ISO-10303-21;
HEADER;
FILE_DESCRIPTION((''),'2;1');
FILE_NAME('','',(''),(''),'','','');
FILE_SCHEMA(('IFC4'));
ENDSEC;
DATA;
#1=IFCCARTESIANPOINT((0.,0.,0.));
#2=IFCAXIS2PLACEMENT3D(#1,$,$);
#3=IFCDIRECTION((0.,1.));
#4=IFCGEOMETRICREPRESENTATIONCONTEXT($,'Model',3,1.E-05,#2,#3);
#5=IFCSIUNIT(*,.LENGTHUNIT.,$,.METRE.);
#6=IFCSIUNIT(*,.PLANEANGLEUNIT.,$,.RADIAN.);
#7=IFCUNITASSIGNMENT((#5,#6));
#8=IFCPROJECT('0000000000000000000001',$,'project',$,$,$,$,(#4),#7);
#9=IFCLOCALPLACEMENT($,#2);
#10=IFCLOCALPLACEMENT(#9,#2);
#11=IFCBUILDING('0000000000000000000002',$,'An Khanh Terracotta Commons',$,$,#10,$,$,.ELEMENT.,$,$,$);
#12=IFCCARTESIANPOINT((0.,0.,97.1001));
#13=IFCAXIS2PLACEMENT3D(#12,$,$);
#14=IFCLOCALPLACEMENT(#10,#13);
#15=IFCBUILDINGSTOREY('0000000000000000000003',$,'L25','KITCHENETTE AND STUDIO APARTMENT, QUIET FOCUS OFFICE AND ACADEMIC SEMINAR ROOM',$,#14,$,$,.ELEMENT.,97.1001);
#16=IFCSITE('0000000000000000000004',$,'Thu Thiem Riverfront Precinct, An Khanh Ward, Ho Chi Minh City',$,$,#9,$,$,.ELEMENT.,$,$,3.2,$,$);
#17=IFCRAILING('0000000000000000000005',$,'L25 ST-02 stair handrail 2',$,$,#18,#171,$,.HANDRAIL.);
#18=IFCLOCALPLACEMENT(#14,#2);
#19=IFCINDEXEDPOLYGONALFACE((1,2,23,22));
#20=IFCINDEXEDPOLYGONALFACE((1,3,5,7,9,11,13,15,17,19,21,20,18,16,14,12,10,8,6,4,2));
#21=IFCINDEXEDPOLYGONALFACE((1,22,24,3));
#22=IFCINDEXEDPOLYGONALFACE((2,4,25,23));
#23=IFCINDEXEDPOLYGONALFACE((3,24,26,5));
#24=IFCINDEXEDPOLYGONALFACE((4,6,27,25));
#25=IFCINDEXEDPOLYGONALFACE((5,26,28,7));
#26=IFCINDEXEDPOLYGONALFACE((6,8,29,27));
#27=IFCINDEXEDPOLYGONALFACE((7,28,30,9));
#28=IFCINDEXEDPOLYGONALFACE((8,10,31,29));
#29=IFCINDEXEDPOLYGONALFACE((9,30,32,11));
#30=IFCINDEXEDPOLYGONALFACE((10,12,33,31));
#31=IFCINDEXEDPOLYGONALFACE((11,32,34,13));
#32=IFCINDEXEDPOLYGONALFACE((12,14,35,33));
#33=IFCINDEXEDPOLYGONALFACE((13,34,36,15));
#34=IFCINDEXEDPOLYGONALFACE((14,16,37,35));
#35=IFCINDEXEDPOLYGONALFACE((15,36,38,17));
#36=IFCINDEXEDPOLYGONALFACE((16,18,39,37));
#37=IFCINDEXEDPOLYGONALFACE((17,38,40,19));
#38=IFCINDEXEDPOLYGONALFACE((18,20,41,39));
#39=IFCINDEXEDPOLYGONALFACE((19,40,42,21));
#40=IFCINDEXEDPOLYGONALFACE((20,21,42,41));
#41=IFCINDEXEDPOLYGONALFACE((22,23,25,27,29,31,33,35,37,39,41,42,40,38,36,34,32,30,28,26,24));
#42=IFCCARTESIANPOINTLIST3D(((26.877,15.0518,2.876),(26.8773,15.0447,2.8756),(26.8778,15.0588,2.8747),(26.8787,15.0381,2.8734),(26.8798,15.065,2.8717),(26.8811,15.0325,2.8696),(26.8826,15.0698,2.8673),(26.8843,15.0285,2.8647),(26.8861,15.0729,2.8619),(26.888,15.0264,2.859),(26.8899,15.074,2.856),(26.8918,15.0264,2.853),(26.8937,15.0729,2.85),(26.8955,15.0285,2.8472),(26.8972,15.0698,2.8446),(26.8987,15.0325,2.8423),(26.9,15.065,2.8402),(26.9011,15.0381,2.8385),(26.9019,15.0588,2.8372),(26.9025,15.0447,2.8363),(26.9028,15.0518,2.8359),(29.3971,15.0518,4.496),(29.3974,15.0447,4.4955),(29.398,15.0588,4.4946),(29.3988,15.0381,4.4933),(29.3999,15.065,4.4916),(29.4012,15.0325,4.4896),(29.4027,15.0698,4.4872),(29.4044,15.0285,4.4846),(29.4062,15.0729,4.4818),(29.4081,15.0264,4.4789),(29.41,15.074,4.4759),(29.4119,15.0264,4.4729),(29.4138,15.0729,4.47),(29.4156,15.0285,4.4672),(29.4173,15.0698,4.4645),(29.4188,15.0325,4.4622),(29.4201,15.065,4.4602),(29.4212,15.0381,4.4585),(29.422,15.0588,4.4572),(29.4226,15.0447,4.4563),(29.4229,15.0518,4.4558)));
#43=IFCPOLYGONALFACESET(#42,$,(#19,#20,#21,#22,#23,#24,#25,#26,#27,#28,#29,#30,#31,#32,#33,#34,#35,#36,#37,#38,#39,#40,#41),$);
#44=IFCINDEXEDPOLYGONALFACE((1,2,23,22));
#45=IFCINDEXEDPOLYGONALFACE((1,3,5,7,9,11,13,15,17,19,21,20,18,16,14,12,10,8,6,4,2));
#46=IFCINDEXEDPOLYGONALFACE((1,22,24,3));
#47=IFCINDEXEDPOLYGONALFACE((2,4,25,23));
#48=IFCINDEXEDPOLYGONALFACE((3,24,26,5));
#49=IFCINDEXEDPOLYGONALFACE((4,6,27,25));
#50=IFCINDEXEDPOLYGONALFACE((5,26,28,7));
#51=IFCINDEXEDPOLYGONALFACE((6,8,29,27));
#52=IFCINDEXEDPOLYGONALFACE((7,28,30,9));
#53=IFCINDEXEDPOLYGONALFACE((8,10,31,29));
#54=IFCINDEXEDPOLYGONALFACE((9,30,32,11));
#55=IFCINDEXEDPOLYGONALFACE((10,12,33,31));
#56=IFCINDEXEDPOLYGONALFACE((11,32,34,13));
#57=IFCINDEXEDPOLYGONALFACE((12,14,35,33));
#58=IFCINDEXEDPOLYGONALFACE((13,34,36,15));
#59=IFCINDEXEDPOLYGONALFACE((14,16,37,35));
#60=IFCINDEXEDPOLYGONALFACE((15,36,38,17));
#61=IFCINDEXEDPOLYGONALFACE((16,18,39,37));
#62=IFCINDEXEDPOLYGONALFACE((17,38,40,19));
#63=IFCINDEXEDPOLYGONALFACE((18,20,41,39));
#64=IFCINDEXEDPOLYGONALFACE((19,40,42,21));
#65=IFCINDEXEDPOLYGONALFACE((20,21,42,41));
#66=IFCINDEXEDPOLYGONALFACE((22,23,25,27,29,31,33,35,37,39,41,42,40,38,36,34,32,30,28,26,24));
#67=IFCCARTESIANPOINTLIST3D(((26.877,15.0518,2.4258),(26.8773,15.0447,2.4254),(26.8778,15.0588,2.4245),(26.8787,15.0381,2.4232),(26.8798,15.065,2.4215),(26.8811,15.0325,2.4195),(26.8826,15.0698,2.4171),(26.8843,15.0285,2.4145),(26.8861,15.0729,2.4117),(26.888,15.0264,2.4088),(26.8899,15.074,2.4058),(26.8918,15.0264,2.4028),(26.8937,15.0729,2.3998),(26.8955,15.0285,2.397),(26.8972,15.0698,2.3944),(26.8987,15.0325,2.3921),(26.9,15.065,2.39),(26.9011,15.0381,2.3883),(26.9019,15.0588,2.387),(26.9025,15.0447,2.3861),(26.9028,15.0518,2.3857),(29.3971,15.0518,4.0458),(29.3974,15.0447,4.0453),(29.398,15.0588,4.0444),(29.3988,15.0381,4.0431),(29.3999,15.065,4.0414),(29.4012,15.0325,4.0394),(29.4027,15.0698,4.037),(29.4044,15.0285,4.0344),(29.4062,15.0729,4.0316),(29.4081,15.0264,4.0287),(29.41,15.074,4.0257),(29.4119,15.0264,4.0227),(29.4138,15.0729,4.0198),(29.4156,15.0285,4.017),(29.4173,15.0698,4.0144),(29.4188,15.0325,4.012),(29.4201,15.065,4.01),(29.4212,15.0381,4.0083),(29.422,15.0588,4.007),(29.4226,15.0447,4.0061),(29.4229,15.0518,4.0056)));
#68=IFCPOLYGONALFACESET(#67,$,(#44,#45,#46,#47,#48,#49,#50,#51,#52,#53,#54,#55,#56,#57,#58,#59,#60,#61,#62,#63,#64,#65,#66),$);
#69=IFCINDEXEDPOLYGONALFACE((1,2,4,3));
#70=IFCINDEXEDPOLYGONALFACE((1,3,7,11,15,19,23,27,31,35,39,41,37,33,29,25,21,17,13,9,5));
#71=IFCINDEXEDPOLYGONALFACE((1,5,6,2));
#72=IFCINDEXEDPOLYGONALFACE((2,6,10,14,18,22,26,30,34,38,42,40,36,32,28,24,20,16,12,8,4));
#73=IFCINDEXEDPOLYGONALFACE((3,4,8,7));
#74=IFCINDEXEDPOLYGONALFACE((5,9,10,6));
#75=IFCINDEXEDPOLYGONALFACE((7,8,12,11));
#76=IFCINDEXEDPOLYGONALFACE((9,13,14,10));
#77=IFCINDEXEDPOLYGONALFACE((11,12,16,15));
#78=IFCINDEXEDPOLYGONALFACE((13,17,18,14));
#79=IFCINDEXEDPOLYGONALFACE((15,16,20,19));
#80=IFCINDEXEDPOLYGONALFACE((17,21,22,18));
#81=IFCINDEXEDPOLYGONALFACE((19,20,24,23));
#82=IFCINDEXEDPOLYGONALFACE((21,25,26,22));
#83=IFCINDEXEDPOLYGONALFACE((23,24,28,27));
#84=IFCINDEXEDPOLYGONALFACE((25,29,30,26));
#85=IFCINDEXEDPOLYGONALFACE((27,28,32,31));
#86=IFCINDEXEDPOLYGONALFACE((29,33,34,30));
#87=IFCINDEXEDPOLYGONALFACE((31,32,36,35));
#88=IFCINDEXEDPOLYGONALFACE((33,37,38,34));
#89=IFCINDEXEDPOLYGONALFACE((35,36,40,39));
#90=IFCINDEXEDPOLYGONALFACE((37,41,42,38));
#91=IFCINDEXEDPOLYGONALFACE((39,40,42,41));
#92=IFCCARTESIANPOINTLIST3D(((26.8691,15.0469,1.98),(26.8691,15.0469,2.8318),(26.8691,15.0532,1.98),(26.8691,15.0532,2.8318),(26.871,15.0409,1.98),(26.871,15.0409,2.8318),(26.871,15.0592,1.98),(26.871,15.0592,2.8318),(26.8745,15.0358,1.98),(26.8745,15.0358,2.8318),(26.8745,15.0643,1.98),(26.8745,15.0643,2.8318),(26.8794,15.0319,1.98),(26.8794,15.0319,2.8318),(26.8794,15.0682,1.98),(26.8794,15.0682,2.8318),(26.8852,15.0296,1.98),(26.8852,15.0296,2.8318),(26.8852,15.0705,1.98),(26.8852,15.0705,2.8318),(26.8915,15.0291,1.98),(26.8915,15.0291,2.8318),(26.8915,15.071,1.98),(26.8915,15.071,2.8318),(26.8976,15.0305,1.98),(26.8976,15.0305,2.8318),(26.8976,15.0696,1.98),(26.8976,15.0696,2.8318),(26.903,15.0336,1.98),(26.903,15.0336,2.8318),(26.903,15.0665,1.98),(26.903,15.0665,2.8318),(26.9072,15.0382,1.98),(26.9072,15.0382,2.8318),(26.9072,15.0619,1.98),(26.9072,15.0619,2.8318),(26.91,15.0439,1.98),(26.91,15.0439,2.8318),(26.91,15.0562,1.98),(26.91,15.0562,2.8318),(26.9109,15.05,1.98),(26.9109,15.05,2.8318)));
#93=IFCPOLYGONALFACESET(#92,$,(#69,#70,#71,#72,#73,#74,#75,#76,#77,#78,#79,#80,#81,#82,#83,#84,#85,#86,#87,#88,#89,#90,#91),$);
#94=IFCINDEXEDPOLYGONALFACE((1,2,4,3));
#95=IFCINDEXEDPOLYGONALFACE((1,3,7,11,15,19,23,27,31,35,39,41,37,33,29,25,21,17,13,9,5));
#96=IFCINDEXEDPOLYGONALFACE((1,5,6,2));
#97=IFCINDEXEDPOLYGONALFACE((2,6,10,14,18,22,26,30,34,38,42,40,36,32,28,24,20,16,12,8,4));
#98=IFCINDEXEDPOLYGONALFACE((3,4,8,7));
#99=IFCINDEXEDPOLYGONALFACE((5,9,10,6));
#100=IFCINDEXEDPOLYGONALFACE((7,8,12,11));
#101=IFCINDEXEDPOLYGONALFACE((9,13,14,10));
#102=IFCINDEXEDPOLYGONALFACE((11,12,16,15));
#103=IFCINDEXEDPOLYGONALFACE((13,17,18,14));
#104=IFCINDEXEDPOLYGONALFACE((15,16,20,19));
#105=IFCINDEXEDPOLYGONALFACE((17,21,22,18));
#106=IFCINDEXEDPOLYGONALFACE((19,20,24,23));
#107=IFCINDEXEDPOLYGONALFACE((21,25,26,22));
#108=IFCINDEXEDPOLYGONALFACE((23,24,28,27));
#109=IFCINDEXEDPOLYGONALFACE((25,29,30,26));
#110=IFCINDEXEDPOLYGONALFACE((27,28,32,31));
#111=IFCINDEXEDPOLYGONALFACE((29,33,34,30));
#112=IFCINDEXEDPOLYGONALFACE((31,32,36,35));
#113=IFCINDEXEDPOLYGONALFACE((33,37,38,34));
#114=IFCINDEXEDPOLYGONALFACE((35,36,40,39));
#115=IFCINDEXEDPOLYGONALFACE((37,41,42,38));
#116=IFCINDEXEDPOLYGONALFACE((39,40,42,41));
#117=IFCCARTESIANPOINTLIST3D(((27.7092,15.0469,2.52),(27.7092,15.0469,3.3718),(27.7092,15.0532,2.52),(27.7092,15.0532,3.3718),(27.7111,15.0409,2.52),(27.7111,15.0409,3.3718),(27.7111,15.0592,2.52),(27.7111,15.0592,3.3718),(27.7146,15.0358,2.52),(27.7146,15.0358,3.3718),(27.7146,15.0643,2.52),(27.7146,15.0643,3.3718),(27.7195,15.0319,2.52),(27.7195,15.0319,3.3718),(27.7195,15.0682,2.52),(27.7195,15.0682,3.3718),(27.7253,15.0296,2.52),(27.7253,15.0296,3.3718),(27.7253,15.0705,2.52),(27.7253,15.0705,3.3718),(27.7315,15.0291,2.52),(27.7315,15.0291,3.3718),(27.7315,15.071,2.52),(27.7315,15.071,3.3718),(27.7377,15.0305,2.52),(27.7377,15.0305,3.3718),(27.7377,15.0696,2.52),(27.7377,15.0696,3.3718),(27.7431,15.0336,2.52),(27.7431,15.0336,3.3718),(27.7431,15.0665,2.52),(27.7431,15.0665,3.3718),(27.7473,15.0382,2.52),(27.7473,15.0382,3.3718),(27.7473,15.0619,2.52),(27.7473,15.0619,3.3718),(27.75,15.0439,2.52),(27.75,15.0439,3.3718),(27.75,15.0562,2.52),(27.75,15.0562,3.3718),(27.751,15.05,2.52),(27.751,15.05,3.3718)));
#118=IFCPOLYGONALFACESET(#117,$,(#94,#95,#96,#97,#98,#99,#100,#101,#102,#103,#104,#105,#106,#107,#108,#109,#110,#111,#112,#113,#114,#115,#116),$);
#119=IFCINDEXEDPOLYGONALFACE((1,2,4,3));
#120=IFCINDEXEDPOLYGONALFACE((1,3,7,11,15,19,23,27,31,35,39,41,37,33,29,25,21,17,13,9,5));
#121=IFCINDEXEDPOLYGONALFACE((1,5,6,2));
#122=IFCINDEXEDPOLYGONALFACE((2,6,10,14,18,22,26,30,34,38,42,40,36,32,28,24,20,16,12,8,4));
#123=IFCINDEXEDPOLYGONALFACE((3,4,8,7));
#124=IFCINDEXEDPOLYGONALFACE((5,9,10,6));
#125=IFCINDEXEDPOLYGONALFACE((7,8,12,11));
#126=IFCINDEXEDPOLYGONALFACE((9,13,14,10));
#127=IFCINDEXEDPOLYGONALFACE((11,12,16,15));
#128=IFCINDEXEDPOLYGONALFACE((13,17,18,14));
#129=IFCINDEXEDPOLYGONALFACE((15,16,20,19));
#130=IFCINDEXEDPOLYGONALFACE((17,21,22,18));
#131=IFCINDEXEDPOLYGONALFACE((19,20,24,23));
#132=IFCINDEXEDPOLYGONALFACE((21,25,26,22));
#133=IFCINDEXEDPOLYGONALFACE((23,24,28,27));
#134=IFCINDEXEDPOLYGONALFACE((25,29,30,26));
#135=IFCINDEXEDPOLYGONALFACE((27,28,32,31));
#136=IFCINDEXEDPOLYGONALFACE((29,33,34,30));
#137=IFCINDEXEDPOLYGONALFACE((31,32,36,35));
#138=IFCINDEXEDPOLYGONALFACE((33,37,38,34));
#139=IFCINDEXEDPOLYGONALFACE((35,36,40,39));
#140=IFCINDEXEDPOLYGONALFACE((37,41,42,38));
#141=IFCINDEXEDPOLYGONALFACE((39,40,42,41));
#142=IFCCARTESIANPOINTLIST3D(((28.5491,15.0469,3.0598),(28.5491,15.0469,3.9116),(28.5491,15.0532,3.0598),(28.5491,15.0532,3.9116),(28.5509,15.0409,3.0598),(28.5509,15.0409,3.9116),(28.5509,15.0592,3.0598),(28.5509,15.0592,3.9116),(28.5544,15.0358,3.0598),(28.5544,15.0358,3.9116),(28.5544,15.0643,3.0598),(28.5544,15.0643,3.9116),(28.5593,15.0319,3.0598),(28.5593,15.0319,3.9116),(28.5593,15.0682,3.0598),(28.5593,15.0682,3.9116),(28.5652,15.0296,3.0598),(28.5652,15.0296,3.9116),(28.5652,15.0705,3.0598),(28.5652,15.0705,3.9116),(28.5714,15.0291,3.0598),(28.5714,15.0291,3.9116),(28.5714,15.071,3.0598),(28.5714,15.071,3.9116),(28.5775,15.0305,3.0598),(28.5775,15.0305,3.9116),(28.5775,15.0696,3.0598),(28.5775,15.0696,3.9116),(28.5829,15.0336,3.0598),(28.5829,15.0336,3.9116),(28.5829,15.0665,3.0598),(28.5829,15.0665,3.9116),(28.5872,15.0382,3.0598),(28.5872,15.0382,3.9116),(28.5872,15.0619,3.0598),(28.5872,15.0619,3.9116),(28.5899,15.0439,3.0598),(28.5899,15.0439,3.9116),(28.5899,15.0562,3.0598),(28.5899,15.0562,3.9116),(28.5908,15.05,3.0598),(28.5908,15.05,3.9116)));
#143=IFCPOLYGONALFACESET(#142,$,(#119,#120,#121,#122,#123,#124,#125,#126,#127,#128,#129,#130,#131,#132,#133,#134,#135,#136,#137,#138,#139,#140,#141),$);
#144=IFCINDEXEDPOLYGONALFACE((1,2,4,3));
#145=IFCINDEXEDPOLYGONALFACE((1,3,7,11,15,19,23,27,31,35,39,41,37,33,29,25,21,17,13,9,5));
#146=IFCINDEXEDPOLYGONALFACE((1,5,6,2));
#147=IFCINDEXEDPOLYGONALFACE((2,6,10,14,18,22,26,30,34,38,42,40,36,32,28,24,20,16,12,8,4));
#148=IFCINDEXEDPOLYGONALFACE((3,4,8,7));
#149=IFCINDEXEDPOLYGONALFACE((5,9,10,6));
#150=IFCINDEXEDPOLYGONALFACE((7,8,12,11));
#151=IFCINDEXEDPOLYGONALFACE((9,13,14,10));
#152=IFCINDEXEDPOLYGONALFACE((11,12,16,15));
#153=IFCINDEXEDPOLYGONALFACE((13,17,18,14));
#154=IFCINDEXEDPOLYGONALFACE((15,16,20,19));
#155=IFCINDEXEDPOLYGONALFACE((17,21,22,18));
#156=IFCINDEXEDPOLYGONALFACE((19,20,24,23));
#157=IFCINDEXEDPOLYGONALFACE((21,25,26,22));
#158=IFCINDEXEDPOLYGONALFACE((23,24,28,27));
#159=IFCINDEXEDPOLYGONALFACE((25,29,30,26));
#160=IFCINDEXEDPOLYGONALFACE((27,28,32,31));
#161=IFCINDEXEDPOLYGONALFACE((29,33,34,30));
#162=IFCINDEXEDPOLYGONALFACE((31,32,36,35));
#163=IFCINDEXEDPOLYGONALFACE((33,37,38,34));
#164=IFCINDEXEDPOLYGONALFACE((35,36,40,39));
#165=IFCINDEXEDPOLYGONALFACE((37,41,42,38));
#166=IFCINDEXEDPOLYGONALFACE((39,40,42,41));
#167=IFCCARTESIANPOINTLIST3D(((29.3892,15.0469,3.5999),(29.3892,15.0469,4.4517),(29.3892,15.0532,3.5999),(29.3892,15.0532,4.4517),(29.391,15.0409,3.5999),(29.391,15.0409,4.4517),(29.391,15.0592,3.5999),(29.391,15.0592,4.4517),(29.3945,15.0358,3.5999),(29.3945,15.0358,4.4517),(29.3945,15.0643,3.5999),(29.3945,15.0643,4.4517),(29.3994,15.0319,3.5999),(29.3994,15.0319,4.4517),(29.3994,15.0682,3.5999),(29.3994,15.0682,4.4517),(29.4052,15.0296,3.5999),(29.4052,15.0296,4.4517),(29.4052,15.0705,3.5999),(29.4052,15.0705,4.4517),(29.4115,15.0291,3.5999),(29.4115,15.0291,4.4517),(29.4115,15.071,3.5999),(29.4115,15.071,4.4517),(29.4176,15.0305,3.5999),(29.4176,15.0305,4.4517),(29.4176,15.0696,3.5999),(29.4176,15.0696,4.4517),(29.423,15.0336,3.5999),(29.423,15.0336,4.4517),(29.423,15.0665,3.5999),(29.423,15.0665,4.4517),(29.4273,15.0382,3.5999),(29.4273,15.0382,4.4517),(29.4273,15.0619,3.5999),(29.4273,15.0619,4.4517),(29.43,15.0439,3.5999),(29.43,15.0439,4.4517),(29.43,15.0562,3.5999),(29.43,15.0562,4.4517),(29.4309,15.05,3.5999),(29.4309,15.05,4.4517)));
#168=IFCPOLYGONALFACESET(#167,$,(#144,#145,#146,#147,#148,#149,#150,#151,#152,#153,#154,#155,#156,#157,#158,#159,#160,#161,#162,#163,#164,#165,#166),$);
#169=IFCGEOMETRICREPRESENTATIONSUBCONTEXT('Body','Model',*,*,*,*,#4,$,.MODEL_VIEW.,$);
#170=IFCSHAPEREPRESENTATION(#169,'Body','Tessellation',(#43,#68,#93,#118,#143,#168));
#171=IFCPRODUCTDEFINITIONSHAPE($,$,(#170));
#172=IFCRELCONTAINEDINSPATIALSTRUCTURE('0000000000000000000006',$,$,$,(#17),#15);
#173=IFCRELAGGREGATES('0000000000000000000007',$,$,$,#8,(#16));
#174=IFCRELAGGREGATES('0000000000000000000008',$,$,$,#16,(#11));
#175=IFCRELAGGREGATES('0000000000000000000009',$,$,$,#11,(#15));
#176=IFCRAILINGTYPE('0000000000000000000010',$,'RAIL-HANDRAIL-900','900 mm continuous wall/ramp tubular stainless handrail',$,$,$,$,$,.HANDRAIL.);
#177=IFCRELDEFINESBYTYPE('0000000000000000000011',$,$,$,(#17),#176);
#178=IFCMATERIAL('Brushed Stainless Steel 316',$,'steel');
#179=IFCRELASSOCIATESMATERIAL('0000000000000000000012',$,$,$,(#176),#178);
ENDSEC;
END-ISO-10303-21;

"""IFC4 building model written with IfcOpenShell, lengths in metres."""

from ifc_helpers import new_model, si_unit, direction, frame, origin, origin_2d, place, context, subcontext, project, spatial, circle, extrude, material, type_object, element, save


model = new_model("IFC4")

# Units and contexts
model_context = context("Model", 3, precision=1e-05, world=origin(), true_north=direction((0.0, 1.0)))
body_context = subcontext(model_context, "Body", "Model", "MODEL_VIEW")
ifc_project = project(units=[si_unit("LENGTHUNIT", "METRE"), si_unit("PLANEANGLEUNIT", "RADIAN")], contexts=[model_context])

# Site, building, storey
site_placement = place(None, origin())
site = spatial("IfcSite", under=ifc_project, at=site_placement, Name="Thu Thiem Riverfront Precinct, An Khanh Ward, Ho Chi Minh City", CompositionType="ELEMENT", RefElevation=3.2)
building_placement = place(site_placement, origin())
building = spatial("IfcBuilding", under=site, at=building_placement, Name="An Khanh Terracotta Commons", CompositionType="ELEMENT")
storey_placement = place(building_placement, frame((0.0, 0.0, 97.1001)))
storey = spatial("IfcBuildingStorey", under=building, at=storey_placement, Name="L25", Description="KITCHENETTE AND STUDIO APARTMENT, QUIET FOCUS OFFICE AND ACADEMIC SEMINAR ROOM", CompositionType="ELEMENT", Elevation=97.1001)

# Railing
ifc_material_1 = material(Name="Brushed Stainless Steel 316", Category="steel")
railing_type_1 = type_object("IfcRailingType", Name="RAIL-HANDRAIL-900", Description="900 mm continuous wall/ramp tubular stainless handrail", PredefinedType="HANDRAIL", material=ifc_material_1)
railing_1_placement = place(storey_placement, frame((26.8899, 15.05, 1.98)))
element("IfcRailing", 1, at=railing_1_placement, inside=storey, type_object=railing_type_1, Name="L25 ST-02 stair handrail 2", PredefinedType="HANDRAIL", context=body_context, shape_type="SweptSolid", body=[
    extrude(circle(Radius=0.0239, at=origin_2d()), frame((0.0, 0.0, 0.876), z_axis=(0.8412, 0.0, 0.540725), x_axis=(0.0, 1.0, 0.0)), (0.0, 0.0, 1.0), 2.9958),
    extrude(circle(Radius=0.0239, at=origin_2d()), frame((0.0, 0.0, 0.4258), z_axis=(0.8412, 0.0, 0.540725), x_axis=(0.0, 1.0, 0.0)), (0.0, 0.0, 1.0), 2.9958),
    extrude(circle(Radius=0.021, at=origin_2d()), origin(), (0.0, 0.0, 1.0), 0.8518),
    extrude(circle(Radius=0.021, at=origin_2d()), frame((0.8401, 0.0, 0.54)), (0.0, 0.0, 1.0), 0.8518),
    extrude(circle(Radius=0.021, at=origin_2d()), frame((1.6799, 0.0, 1.0798)), (0.0, 0.0, 1.0), 0.8518),
    extrude(circle(Radius=0.021, at=origin_2d()), frame((2.52, 0.0, 1.6199)), (0.0, 0.0, 1.0), 0.8518),
])

save(model, "model.ifc")
